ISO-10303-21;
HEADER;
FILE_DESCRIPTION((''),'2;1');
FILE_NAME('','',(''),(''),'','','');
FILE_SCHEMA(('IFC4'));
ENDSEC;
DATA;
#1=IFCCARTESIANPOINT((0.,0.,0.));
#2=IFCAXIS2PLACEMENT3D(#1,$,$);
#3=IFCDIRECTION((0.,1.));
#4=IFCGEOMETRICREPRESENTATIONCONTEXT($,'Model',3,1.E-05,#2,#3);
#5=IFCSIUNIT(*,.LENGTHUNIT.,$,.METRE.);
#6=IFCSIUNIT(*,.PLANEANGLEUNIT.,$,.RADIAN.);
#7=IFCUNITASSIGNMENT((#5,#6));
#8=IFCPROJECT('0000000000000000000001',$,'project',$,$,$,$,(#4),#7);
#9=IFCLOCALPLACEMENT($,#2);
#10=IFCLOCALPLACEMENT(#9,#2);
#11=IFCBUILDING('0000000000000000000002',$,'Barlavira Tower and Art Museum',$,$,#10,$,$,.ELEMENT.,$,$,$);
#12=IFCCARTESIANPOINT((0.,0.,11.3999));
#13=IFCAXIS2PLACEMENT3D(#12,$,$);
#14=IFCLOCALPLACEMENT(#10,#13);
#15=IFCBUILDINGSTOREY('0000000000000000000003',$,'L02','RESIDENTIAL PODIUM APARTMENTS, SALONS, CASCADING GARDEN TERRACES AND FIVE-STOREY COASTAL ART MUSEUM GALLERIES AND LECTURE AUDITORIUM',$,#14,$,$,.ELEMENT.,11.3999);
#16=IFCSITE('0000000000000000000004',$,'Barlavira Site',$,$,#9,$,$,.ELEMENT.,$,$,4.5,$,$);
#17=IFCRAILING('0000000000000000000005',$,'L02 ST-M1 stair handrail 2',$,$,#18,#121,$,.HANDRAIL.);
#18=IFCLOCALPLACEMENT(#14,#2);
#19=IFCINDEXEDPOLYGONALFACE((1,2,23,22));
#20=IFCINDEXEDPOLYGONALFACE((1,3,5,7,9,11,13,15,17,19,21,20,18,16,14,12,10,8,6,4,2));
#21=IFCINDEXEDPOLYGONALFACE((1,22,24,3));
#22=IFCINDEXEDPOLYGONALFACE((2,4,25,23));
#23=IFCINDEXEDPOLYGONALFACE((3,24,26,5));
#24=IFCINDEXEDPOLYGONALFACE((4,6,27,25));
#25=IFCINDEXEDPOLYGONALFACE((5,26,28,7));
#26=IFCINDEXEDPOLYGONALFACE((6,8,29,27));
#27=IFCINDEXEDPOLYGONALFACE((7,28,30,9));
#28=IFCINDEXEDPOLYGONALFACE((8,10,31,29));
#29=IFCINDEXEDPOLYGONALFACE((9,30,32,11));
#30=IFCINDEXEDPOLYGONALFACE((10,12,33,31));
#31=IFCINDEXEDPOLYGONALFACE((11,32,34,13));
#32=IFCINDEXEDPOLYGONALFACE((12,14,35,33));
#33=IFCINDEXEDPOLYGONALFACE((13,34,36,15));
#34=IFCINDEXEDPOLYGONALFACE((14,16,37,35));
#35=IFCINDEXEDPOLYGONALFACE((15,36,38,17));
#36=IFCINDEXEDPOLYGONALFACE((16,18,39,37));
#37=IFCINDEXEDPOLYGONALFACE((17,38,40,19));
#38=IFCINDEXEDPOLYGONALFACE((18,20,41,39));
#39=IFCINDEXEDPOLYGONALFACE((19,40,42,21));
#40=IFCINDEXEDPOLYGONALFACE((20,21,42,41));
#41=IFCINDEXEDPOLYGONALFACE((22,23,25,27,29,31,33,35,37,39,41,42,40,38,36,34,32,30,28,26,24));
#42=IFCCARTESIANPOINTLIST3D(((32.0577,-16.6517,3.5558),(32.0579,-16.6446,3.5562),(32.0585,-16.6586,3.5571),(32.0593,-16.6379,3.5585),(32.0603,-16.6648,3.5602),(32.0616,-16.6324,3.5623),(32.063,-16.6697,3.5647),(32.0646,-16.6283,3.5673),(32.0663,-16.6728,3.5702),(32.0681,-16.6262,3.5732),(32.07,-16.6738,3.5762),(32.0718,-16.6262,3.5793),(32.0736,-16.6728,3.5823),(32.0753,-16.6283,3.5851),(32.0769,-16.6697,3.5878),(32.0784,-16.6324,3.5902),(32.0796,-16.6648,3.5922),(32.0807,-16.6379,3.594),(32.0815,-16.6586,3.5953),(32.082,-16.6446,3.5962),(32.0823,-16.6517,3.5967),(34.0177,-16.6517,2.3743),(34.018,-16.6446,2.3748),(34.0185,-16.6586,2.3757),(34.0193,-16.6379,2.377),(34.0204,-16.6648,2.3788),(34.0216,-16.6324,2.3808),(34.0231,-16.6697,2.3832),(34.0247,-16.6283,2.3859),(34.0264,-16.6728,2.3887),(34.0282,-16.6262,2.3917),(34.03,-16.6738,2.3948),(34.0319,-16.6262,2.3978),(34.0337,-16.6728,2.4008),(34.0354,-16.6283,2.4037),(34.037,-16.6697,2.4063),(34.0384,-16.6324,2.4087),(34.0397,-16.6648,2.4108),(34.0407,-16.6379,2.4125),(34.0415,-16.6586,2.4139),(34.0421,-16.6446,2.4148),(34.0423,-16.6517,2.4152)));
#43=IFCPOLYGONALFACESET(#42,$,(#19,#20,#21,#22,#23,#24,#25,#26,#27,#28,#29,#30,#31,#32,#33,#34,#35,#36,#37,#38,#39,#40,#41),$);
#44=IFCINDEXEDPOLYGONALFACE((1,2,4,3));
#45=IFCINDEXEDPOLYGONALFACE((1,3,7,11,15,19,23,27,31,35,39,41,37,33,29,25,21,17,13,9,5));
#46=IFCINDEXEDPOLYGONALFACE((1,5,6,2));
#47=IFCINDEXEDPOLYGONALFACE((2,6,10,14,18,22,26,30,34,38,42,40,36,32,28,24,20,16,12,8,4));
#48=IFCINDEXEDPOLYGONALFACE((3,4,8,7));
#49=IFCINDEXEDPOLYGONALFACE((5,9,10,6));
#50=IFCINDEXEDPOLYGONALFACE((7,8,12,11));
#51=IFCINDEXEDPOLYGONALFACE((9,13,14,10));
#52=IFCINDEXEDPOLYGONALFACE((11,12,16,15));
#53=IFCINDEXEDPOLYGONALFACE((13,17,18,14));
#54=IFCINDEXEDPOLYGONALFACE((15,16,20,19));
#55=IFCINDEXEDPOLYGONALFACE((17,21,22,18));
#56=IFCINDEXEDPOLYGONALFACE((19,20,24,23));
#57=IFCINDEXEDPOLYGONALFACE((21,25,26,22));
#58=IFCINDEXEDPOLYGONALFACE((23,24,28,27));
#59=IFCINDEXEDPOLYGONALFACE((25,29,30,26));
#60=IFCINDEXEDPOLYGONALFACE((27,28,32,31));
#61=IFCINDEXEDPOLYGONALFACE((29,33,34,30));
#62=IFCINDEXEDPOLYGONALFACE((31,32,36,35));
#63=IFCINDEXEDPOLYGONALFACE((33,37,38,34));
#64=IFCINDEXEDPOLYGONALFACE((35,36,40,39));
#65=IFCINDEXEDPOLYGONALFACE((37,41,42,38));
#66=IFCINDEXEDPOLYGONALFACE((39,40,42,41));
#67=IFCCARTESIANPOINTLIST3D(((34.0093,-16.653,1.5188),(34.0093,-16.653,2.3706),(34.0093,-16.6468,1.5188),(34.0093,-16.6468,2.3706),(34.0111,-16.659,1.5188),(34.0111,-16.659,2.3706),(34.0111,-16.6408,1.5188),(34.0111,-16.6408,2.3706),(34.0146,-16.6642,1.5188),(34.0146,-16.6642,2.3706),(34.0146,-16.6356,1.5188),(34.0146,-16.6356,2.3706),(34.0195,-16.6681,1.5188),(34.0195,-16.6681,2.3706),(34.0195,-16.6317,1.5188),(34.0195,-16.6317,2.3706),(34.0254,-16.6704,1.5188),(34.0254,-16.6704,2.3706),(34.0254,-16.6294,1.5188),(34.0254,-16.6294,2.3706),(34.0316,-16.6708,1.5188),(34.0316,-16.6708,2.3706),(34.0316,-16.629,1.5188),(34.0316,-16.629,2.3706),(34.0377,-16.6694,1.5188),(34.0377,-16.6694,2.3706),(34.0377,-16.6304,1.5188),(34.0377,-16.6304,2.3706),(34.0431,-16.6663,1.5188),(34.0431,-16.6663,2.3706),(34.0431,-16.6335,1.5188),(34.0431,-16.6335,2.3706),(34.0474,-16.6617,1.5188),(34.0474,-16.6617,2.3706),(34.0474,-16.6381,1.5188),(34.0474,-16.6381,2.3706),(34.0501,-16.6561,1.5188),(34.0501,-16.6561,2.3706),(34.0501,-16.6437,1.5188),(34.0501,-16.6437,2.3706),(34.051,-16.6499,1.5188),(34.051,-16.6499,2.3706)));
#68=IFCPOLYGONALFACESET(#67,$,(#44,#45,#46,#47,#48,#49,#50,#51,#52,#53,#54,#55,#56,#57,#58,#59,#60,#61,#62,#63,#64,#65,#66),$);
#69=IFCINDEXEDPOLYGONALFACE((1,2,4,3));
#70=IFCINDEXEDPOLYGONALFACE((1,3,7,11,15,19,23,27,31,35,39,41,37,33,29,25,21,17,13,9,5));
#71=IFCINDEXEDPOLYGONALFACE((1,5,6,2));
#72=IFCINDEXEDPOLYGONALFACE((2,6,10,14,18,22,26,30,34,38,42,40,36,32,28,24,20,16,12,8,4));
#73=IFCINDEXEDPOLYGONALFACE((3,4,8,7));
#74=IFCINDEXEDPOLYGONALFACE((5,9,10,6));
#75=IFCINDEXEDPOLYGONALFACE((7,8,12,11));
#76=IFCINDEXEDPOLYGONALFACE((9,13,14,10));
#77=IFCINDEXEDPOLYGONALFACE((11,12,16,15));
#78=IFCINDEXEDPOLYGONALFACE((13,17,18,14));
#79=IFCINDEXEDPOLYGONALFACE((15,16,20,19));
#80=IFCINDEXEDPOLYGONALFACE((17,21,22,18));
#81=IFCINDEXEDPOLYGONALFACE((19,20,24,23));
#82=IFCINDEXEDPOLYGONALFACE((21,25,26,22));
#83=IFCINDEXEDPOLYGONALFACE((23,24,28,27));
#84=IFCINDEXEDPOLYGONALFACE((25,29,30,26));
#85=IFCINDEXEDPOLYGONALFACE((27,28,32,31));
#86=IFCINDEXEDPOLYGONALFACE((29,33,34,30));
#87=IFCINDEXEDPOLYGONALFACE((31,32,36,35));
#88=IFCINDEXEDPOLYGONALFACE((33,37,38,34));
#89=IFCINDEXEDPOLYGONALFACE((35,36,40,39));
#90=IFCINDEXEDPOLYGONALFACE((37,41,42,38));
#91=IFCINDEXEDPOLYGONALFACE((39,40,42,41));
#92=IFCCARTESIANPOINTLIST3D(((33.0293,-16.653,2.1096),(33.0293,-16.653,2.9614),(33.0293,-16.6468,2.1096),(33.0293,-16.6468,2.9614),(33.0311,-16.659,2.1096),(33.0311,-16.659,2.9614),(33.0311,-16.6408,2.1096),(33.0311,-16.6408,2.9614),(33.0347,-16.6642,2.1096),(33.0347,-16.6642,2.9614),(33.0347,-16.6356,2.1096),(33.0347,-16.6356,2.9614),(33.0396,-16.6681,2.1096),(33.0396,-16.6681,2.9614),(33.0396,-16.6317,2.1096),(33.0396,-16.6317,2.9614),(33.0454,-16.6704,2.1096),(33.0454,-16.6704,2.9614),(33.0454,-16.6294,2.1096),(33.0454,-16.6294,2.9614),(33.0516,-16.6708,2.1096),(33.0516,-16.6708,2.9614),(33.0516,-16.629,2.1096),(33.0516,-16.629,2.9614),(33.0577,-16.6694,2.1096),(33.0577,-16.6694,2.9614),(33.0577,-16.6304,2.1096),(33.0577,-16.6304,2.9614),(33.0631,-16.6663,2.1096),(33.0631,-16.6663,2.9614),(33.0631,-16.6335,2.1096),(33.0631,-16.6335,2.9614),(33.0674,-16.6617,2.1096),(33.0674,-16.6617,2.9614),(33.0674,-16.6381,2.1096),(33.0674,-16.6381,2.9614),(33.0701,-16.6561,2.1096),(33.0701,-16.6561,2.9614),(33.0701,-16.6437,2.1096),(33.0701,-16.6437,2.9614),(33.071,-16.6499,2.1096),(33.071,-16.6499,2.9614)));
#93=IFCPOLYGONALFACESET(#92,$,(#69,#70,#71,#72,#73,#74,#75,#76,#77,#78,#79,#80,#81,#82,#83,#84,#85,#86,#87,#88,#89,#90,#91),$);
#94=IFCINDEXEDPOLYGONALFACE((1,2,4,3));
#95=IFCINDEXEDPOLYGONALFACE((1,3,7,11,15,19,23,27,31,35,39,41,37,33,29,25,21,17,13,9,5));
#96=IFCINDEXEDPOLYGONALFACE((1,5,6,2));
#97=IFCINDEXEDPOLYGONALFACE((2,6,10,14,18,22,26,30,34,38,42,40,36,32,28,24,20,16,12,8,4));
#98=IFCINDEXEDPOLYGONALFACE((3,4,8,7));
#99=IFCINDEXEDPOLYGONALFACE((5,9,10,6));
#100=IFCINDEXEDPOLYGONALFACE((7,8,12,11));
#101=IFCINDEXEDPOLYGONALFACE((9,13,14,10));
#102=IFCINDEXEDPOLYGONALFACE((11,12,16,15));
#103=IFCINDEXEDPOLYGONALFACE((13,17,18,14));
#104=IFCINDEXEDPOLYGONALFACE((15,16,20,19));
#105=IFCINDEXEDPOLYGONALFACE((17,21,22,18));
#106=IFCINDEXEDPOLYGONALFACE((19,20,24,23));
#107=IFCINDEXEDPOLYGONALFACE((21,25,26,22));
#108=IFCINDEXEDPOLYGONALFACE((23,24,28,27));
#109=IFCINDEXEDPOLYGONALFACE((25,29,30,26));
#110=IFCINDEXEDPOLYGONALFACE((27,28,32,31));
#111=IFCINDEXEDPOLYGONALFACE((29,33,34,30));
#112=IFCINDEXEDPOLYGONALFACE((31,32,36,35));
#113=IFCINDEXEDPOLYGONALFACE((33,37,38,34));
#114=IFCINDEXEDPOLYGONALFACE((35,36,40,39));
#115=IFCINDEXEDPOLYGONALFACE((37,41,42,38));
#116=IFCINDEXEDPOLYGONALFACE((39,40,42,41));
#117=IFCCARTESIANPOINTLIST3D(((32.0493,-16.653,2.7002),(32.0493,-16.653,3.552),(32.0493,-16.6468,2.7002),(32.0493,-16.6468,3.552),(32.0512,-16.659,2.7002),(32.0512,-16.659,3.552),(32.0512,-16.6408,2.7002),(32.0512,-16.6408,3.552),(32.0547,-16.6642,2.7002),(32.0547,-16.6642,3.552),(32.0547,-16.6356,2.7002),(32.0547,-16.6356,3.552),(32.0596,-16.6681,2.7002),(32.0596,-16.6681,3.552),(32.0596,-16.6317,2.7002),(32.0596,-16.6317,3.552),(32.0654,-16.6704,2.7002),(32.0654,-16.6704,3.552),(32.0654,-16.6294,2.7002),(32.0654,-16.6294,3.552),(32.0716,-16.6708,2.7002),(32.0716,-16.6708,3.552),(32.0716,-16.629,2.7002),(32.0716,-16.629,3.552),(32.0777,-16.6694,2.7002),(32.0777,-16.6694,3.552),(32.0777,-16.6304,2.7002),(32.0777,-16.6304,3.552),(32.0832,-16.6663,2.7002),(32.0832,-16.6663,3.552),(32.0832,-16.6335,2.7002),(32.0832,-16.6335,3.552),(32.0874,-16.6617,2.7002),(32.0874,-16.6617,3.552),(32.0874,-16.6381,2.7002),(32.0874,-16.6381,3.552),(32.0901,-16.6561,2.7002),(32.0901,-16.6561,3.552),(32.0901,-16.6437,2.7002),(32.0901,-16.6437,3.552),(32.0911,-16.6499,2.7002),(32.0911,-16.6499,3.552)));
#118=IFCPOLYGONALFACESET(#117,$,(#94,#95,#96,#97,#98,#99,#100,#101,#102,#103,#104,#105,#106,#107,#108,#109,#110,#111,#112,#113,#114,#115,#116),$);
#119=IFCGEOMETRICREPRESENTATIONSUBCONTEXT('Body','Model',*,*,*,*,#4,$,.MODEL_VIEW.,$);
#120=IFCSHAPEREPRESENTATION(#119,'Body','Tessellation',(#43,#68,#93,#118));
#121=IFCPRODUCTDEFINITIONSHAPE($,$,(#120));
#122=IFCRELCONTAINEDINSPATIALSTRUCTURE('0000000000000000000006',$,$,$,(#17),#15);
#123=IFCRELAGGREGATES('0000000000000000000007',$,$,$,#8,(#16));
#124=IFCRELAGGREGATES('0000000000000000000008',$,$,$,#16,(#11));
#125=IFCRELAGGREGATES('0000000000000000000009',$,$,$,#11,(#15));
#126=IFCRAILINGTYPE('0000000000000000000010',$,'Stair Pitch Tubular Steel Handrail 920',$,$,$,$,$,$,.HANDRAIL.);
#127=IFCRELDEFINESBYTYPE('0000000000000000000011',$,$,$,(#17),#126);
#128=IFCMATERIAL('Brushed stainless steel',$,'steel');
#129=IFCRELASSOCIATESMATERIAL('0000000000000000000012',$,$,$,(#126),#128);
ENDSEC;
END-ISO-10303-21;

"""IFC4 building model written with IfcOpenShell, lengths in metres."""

from ifc_helpers import new_model, si_unit, direction, frame, origin, origin_2d, place, context, subcontext, project, spatial, circle, extrude, material, type_object, element, save


model = new_model("IFC4")

# Units and contexts
model_context = context("Model", 3, precision=1e-05, world=origin(), true_north=direction((0.0, 1.0)))
body_context = subcontext(model_context, "Body", "Model", "MODEL_VIEW")
ifc_project = project(units=[si_unit("LENGTHUNIT", "METRE"), si_unit("PLANEANGLEUNIT", "RADIAN")], contexts=[model_context])

# Site, building, storey
site_placement = place(None, origin())
site = spatial("IfcSite", under=ifc_project, at=site_placement, Name="Barlavira Site", CompositionType="ELEMENT", RefElevation=4.5)
building_placement = place(site_placement, origin())
building = spatial("IfcBuilding", under=site, at=building_placement, Name="Barlavira Tower and Art Museum", CompositionType="ELEMENT")
storey_placement = place(building_placement, frame((0.0, 0.0, 11.3999)))
storey = spatial("IfcBuildingStorey", under=building, at=storey_placement, Name="L02", Description="RESIDENTIAL PODIUM APARTMENTS, SALONS, CASCADING GARDEN TERRACES AND FIVE-STOREY COASTAL ART MUSEUM GALLERIES AND LECTURE AUDITORIUM", CompositionType="ELEMENT", Elevation=11.3999)

# Shared definitions
ifc_material_1 = material(Name="Brushed stainless steel", Category="steel")

# Railing
railing_type_1 = type_object("IfcRailingType", Name="Stair Pitch Tubular Steel Handrail 920", PredefinedType="HANDRAIL", material=ifc_material_1)
railing_1_placement = place(storey_placement, frame((34.03, -16.6499, 1.5188)))
element("IfcRailing", 1, at=railing_1_placement, inside=storey, type_object=railing_type_1, Name="L02 ST-M1 stair handrail 2", PredefinedType="HANDRAIL", context=body_context, shape_type="SweptSolid", body=[
    extrude(circle(Radius=0.0239, at=origin_2d()), frame((0.0, 0.0, 0.876), z_axis=(-0.856446, 0.0, 0.516236), x_axis=(0.0, -1.0, 0.0)), (0.0, 0.0, 1.0), 2.2886),
    extrude(circle(Radius=0.021, at=origin_2d()), origin(), (0.0, 0.0, 1.0), 0.8518),
    extrude(circle(Radius=0.021, at=origin_2d()), frame((-0.98, 0.0, 0.5908)), (0.0, 0.0, 1.0), 0.8518),
    extrude(circle(Radius=0.021, at=origin_2d()), frame((-1.96, 0.0, 1.1814)), (0.0, 0.0, 1.0), 0.8518),
])

save(model, "model.ifc")
